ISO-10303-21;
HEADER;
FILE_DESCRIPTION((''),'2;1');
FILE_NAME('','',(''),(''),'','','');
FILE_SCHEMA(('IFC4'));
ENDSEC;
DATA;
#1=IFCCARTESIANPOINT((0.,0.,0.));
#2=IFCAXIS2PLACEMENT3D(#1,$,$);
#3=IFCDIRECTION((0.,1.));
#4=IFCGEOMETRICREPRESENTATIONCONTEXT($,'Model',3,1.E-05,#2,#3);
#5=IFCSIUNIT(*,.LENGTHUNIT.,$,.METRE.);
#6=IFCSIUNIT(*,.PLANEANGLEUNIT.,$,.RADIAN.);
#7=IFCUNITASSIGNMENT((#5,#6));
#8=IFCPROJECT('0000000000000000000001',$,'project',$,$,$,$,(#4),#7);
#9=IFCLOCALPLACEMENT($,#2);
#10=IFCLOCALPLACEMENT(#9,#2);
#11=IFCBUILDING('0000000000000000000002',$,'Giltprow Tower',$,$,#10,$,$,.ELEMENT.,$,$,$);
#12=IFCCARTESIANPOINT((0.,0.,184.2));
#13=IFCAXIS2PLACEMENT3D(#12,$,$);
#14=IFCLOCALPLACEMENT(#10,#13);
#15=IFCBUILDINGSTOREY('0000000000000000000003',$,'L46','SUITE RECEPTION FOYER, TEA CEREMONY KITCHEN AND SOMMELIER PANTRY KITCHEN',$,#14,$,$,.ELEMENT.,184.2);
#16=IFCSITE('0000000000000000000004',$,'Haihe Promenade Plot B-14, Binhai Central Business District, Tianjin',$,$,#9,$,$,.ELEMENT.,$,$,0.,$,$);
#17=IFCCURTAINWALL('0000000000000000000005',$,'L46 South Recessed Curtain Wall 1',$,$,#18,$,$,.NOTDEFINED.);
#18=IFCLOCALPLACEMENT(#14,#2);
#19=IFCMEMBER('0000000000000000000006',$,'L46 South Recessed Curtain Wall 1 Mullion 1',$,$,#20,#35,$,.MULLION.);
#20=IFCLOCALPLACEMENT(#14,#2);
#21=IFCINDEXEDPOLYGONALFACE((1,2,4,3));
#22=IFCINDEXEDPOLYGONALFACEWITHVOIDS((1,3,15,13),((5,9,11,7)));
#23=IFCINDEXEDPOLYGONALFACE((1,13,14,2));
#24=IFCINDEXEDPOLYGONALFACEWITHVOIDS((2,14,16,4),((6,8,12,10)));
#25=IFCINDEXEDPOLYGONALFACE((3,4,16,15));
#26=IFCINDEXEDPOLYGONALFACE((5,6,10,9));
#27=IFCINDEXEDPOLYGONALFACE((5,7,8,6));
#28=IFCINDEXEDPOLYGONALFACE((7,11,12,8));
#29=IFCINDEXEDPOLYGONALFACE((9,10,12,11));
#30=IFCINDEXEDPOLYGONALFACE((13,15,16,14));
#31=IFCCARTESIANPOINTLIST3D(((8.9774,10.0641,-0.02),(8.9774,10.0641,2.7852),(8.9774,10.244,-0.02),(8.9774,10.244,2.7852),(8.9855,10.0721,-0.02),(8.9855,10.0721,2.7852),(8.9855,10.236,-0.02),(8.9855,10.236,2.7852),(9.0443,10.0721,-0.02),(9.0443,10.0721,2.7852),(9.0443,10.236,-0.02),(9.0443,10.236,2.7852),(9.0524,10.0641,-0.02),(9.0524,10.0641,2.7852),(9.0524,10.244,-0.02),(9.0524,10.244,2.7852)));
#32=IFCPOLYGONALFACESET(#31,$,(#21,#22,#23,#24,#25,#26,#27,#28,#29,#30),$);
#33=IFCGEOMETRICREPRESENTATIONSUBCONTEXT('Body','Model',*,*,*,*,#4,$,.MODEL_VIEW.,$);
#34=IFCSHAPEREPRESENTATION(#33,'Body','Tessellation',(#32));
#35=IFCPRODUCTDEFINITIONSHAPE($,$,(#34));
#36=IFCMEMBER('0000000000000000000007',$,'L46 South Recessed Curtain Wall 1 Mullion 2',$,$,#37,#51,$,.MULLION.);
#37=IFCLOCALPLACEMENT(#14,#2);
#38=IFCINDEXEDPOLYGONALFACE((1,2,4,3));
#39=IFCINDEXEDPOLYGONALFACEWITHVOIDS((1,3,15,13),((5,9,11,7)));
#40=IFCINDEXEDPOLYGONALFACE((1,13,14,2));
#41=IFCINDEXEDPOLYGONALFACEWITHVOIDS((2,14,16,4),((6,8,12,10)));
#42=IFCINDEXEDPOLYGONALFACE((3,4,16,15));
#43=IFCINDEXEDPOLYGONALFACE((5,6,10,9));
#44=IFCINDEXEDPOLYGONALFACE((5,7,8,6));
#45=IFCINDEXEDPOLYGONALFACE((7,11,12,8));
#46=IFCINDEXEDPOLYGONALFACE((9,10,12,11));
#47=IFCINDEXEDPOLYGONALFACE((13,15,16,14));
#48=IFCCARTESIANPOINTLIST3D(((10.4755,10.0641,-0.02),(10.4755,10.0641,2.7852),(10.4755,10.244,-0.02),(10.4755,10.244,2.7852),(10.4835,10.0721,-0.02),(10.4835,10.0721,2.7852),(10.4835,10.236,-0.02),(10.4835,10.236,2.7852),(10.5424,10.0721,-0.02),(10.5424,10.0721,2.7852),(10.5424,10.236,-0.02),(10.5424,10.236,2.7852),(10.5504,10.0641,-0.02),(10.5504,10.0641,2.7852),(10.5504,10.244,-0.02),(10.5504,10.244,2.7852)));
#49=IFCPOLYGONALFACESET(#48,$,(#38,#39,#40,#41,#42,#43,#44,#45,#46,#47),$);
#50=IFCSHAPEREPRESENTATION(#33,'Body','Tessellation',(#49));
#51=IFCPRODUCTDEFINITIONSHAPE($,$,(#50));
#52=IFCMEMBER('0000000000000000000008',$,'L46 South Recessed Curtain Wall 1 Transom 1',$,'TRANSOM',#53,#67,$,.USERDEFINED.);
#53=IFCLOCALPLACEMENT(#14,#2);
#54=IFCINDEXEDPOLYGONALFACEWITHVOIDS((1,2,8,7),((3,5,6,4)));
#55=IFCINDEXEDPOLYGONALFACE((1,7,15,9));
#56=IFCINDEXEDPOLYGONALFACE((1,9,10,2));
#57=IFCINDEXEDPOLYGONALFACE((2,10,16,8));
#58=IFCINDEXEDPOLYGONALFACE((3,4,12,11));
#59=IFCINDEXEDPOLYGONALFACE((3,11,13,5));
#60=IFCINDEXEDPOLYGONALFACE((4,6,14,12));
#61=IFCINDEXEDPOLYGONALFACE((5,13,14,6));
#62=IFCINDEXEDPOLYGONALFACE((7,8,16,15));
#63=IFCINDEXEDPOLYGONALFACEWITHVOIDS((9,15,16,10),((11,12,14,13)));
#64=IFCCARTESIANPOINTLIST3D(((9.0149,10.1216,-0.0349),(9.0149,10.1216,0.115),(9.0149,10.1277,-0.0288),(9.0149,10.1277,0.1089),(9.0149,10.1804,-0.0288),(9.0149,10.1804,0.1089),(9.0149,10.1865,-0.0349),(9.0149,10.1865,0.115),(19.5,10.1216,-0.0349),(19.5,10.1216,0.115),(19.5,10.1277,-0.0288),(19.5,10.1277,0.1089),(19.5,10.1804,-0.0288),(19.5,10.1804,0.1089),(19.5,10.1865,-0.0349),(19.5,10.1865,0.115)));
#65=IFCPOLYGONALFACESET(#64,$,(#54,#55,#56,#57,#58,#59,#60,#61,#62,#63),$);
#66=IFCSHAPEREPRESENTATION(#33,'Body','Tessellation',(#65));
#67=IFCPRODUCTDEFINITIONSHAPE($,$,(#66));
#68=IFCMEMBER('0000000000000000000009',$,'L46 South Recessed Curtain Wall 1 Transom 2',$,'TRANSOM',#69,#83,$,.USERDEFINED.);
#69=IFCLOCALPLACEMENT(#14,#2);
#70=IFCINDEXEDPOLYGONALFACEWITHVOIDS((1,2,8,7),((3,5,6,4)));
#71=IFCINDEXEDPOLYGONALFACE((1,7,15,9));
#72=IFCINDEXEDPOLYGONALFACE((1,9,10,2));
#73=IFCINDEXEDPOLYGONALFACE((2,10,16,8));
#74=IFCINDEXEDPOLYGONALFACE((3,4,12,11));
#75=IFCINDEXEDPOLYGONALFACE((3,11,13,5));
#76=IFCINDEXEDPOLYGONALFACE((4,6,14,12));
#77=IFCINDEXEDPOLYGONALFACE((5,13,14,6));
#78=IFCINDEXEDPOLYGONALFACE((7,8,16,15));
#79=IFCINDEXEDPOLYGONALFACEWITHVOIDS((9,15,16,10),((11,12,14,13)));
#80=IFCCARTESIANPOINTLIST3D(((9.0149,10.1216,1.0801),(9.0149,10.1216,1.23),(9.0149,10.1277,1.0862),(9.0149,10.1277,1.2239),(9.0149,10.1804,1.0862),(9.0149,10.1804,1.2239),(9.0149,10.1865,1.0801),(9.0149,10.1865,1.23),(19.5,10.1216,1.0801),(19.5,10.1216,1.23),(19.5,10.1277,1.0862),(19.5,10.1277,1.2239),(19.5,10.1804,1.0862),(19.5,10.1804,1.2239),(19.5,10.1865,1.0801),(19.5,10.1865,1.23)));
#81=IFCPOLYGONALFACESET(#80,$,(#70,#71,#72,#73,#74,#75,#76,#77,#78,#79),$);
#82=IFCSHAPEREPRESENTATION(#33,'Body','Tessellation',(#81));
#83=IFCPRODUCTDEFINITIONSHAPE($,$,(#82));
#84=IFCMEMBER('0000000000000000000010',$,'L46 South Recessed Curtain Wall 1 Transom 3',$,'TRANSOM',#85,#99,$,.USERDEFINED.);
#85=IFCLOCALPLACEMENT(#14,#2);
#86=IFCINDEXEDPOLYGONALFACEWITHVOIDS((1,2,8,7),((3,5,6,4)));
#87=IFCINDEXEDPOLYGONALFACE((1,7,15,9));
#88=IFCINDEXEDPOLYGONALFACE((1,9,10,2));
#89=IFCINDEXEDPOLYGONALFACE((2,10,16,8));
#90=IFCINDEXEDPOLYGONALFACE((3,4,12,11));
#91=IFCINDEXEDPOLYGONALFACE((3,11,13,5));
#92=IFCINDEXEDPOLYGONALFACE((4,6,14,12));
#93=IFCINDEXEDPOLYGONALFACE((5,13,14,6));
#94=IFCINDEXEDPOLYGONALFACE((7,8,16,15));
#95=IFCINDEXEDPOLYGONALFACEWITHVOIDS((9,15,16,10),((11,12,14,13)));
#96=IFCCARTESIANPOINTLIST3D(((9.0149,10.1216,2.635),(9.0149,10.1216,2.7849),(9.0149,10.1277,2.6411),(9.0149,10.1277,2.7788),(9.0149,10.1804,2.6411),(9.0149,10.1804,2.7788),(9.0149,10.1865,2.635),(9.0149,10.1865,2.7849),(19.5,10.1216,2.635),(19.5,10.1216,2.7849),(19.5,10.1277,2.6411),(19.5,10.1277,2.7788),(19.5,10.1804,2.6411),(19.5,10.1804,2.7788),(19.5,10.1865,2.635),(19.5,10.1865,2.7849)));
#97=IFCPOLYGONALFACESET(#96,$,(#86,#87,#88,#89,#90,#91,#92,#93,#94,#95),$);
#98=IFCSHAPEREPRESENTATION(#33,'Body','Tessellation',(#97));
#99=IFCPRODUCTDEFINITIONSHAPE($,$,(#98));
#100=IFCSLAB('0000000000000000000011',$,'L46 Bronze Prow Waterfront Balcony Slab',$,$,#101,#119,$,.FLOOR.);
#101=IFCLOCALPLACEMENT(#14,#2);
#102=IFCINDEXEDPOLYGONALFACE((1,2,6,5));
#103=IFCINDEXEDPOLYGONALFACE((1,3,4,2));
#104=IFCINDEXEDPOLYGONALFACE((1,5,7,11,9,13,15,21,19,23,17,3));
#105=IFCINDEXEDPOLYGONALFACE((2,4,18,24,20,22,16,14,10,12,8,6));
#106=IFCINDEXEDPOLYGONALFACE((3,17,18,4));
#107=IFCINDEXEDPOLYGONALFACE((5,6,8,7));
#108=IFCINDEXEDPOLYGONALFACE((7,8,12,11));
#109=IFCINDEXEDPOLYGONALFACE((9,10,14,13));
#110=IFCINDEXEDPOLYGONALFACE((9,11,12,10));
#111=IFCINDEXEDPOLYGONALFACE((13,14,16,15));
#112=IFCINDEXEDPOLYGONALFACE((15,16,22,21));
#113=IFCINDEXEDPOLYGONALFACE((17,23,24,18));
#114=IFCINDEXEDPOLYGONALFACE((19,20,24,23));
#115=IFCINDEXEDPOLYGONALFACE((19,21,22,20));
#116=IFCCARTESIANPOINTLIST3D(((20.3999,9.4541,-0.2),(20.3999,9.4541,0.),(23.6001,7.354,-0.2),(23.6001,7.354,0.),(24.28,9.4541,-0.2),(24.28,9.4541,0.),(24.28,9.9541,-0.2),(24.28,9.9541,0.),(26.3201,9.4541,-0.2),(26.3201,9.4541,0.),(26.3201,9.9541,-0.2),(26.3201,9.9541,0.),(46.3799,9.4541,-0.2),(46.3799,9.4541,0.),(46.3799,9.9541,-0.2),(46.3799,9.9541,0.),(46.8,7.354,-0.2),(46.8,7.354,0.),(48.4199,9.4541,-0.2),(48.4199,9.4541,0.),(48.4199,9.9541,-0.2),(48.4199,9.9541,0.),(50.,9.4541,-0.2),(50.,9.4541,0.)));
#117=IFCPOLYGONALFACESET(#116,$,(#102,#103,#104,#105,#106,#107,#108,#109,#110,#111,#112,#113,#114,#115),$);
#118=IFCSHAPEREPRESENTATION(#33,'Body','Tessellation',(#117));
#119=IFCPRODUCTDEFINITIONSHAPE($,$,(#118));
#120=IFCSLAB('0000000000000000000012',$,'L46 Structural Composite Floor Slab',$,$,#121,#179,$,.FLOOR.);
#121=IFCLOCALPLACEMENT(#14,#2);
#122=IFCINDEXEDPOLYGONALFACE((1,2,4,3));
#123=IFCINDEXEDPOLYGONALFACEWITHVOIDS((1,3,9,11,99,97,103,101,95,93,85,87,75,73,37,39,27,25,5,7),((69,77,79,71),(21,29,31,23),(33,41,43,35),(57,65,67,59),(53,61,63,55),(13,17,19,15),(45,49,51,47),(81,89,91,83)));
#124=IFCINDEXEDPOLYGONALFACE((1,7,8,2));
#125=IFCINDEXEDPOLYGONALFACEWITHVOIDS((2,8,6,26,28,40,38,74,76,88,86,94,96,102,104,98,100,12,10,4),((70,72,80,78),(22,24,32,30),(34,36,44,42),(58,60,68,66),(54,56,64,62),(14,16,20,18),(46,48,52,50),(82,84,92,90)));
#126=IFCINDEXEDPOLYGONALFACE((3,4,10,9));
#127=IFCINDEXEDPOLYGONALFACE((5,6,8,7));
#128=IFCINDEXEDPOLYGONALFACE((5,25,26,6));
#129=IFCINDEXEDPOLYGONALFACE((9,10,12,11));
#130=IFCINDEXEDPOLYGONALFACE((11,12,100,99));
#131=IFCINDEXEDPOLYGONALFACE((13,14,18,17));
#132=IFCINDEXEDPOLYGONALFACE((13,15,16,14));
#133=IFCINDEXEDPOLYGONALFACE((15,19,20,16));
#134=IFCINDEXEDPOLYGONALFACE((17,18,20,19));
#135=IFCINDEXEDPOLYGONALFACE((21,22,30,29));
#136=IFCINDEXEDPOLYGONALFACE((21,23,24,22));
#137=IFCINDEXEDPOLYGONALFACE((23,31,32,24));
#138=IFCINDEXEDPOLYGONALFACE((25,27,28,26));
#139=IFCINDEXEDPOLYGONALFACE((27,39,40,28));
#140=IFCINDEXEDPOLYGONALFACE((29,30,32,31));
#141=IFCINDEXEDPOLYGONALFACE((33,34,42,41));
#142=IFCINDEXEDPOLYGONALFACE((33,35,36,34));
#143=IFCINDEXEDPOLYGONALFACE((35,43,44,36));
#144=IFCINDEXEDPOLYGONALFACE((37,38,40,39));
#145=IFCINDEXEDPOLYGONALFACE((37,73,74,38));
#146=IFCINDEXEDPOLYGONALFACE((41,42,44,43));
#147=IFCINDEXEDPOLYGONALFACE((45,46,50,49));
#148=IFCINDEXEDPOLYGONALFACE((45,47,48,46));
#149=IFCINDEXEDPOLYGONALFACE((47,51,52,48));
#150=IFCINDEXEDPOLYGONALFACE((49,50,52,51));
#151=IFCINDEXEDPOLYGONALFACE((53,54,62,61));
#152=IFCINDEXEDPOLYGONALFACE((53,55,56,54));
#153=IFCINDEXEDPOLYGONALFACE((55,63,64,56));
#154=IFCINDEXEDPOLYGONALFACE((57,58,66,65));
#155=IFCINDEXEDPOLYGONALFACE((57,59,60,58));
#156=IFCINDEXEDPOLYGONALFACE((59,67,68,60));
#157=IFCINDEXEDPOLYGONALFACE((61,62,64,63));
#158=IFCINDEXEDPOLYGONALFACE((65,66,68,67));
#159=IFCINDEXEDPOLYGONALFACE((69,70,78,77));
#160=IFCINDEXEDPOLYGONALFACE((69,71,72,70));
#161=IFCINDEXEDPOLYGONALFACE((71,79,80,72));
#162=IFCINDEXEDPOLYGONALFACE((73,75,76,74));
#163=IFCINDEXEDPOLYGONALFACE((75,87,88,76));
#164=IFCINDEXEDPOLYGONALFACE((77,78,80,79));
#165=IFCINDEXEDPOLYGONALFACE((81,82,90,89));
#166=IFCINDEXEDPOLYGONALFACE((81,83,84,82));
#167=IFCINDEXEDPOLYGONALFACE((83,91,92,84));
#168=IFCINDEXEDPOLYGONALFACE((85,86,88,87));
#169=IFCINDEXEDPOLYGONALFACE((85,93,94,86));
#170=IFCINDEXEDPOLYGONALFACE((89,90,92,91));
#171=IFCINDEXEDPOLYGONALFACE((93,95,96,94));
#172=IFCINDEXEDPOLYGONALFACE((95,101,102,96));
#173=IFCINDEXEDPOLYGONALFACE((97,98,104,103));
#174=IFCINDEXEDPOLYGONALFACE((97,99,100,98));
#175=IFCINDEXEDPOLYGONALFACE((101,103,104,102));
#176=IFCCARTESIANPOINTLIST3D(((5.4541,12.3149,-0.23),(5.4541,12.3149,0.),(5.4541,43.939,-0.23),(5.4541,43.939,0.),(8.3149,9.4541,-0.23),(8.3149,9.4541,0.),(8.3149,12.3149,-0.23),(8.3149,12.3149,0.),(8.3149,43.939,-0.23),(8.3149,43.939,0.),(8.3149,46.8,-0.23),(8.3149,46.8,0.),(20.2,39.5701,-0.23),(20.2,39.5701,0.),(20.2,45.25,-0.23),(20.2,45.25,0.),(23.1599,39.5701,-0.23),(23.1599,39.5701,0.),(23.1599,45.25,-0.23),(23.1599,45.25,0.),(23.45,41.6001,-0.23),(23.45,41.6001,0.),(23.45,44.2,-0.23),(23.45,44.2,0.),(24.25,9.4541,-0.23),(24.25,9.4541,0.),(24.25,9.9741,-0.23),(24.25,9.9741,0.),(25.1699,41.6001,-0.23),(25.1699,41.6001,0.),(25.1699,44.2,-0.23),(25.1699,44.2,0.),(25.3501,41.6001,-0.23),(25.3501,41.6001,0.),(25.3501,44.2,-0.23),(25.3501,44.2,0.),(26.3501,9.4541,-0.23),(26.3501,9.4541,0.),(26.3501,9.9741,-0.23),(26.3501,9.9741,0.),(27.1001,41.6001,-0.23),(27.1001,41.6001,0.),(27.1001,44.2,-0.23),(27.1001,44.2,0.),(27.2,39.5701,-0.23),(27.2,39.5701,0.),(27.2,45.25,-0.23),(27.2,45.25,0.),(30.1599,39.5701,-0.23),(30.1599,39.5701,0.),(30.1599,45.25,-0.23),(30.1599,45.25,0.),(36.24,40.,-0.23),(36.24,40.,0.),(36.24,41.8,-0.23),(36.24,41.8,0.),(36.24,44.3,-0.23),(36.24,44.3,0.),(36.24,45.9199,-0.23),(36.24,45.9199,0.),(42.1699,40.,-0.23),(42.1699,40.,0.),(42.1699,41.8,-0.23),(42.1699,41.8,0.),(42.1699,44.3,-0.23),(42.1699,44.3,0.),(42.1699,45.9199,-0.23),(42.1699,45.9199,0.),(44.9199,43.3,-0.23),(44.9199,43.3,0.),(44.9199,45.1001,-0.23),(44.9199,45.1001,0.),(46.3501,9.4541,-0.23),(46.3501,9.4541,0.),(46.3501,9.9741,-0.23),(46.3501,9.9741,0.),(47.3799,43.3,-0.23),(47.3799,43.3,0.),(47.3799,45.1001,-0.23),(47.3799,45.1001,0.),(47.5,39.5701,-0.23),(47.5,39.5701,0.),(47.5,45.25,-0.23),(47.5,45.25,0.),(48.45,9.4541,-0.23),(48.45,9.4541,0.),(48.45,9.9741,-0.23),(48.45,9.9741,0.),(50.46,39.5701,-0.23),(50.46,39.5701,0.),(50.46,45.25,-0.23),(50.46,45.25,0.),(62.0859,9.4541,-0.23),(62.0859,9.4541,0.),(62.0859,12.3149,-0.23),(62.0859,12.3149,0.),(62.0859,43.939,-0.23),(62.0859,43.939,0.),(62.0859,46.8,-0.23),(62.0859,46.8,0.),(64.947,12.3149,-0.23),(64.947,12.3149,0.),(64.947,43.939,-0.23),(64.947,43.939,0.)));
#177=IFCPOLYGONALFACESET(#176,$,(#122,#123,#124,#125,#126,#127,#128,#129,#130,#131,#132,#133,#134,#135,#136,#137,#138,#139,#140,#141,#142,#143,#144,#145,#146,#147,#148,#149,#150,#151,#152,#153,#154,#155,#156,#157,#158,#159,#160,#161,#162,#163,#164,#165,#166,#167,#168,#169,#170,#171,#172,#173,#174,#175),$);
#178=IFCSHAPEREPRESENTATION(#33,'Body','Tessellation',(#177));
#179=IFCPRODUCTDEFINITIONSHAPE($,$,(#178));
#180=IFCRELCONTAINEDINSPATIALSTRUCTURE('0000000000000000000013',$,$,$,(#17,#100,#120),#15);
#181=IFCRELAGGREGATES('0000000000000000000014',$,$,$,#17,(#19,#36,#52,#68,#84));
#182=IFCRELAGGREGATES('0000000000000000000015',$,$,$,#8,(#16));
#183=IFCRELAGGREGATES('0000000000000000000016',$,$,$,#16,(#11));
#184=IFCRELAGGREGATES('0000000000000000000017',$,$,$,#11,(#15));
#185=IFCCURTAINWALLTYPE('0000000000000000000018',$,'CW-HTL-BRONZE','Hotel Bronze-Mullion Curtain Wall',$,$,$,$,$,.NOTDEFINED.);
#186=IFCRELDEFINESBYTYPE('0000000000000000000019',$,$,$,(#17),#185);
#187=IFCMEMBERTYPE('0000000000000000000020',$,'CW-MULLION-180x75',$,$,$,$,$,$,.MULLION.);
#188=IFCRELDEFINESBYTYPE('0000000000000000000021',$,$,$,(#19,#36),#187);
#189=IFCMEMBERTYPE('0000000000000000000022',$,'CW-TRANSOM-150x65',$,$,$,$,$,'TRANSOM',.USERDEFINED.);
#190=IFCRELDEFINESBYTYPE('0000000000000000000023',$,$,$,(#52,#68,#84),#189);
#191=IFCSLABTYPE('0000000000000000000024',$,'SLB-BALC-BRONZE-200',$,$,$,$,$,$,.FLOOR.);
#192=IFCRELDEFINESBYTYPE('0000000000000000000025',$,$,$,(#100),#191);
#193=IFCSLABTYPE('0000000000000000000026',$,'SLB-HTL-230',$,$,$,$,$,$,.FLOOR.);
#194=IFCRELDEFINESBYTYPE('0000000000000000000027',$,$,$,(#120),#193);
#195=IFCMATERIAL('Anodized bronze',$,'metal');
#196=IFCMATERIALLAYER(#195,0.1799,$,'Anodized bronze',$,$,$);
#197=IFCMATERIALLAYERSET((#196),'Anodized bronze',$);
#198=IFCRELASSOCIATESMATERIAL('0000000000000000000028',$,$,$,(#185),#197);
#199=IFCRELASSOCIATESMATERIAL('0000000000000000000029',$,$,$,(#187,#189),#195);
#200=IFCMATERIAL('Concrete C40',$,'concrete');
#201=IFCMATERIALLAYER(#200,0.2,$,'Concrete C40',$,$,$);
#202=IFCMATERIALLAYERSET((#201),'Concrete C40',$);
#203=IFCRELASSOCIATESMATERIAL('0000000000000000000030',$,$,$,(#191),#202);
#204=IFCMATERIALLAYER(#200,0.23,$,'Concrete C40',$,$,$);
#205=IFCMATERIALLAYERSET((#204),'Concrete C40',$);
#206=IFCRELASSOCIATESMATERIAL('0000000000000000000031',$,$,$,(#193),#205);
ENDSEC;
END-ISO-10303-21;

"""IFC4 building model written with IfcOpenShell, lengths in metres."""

from ifc_helpers import new_model, si_unit, direction, frame, origin, origin_2d, place, context, subcontext, project, spatial, polyline, hollow_rectangle, outline, extrude, source, transform, mapped, material, layer, layer_set, material_profile, profile_set, type_object, element, aggregate, save


model = new_model("IFC4")

# Units and contexts
model_context = context("Model", 3, precision=1e-05, world=origin(), true_north=direction((0.0, 1.0)))
body_context = subcontext(model_context, "Body", "Model", "MODEL_VIEW")
ifc_project = project(units=[si_unit("LENGTHUNIT", "METRE"), si_unit("PLANEANGLEUNIT", "RADIAN")], contexts=[model_context])

# Site, building, storey
site_placement = place(None, origin())
site = spatial("IfcSite", under=ifc_project, at=site_placement, Name="Haihe Promenade Plot B-14, Binhai Central Business District, Tianjin", CompositionType="ELEMENT", RefElevation=0.0)
building_placement = place(site_placement, origin())
building = spatial("IfcBuilding", under=site, at=building_placement, Name="Giltprow Tower", CompositionType="ELEMENT")
storey_placement = place(building_placement, frame((0.0, 0.0, 184.2)))
storey = spatial("IfcBuildingStorey", under=building, at=storey_placement, Name="L46", Description="SUITE RECEPTION FOYER, TEA CEREMONY KITCHEN AND SOMMELIER PANTRY KITCHEN", CompositionType="ELEMENT", Elevation=184.2)

# Curtain wall, members
ifc_material_1 = material(Name="Anodized bronze", Category="metal")
ifc_layer_1 = layer(ifc_material_1, 0.1799, Name="Anodized bronze")
ifc_layer_set_1 = layer_set([ifc_layer_1], Name="Anodized bronze")
curtain_wall_type = type_object("IfcCurtainWallType", Name="CW-HTL-BRONZE", Description="Hotel Bronze-Mullion Curtain Wall", PredefinedType="NOTDEFINED", material=ifc_layer_set_1)
curtain_wall_placement = place(storey_placement, origin())
curtain_wall = element("IfcCurtainWall", 1, at=curtain_wall_placement, inside=storey, type_object=curtain_wall_type, Name="L46 South Recessed Curtain Wall 1", PredefinedType="NOTDEFINED")
ifc_material_profile_1 = material_profile(ifc_material_1, hollow_rectangle(XDim=0.075, YDim=0.1799, WallThickness=0.0081, at=origin_2d()), Name="RHS 180x75x8")
ifc_profile_set_1 = profile_set([ifc_material_profile_1], Name="Anodized bronze")
member_type_1 = type_object("IfcMemberType", Name="CW-MULLION-180x75", PredefinedType="MULLION", material=ifc_profile_set_1)
shared_shape_1 = source(origin(), body_context, "Body", "SweptSolid", [
    extrude(hollow_rectangle(XDim=0.075, YDim=0.1799, WallThickness=0.0081, at=origin_2d()), origin(), (0.0, 0.0, 1.0), 2.8052),
])
member_1_placement = place(storey_placement, frame((9.0149, 10.1541, -0.02), z_axis=(0.0, 0.0, 1.0), x_axis=(1.0, 0.0, 0.0)))
member_1 = element("IfcMember", 2, at=member_1_placement, type_object=member_type_1, Name="L46 South Recessed Curtain Wall 1 Mullion 1", PredefinedType="MULLION", context=body_context, shape_type="MappedRepresentation", body=[
    mapped(shared_shape_1, transform((0.0, 0.0, 0.0), x_axis=(1.0, 0.0, 0.0), y_axis=(0.0, 1.0, 0.0), z_axis=(0.0, 0.0, 1.0), scale=1.0)),
])
member_2_placement = place(storey_placement, frame((10.5129, 10.1541, -0.02), z_axis=(0.0, 0.0, 1.0), x_axis=(1.0, 0.0, 0.0)))
member_2 = element("IfcMember", 3, at=member_2_placement, type_object=member_type_1, Name="L46 South Recessed Curtain Wall 1 Mullion 2", PredefinedType="MULLION", context=body_context, shape_type="MappedRepresentation", body=[
    mapped(shared_shape_1, transform((0.0, 0.0, 0.0), x_axis=(1.0, 0.0, 0.0), y_axis=(0.0, 1.0, 0.0), z_axis=(0.0, 0.0, 1.0), scale=1.0)),
])
ifc_material_profile_2 = material_profile(ifc_material_1, hollow_rectangle(XDim=0.0649, YDim=0.1499, WallThickness=0.0061, at=origin_2d()), Name="RHS 150x65x6")
ifc_profile_set_2 = profile_set([ifc_material_profile_2], Name="Anodized bronze")
member_type_2 = type_object("IfcMemberType", Name="CW-TRANSOM-150x65", ElementType="TRANSOM", PredefinedType="USERDEFINED", material=ifc_profile_set_2)
shared_shape_2 = source(origin(), body_context, "Body", "SweptSolid", [
    extrude(hollow_rectangle(XDim=0.0649, YDim=0.1499, WallThickness=0.0061, at=origin_2d()), origin(), (0.0, 0.0, 1.0), 10.4851),
])
member_3_placement = place(storey_placement, frame((9.0149, 10.1541, 0.04), z_axis=(1.0, 0.0, 0.0), x_axis=(0.0, 1.0, 0.0)))
member_3 = element("IfcMember", 4, at=member_3_placement, type_object=member_type_2, Name="L46 South Recessed Curtain Wall 1 Transom 1", ObjectType="TRANSOM", PredefinedType="USERDEFINED", context=body_context, shape_type="MappedRepresentation", body=[
    mapped(shared_shape_2, transform((0.0, 0.0, 0.0), x_axis=(1.0, 0.0, 0.0), y_axis=(0.0, 1.0, 0.0), z_axis=(0.0, 0.0, 1.0), scale=1.0)),
])
member_4_placement = place(storey_placement, frame((9.0149, 10.1541, 1.155), z_axis=(1.0, 0.0, 0.0), x_axis=(0.0, 1.0, 0.0)))
member_4 = element("IfcMember", 5, at=member_4_placement, type_object=member_type_2, Name="L46 South Recessed Curtain Wall 1 Transom 2", ObjectType="TRANSOM", PredefinedType="USERDEFINED", context=body_context, shape_type="MappedRepresentation", body=[
    mapped(shared_shape_2, transform((0.0, 0.0, 0.0), x_axis=(1.0, 0.0, 0.0), y_axis=(0.0, 1.0, 0.0), z_axis=(0.0, 0.0, 1.0), scale=1.0)),
])
member_5_placement = place(storey_placement, frame((9.0149, 10.1541, 2.71), z_axis=(1.0, 0.0, 0.0), x_axis=(0.0, 1.0, 0.0)))
member_5 = element("IfcMember", 6, at=member_5_placement, type_object=member_type_2, Name="L46 South Recessed Curtain Wall 1 Transom 3", ObjectType="TRANSOM", PredefinedType="USERDEFINED", context=body_context, shape_type="MappedRepresentation", body=[
    mapped(shared_shape_2, transform((0.0, 0.0, 0.0), x_axis=(1.0, 0.0, 0.0), y_axis=(0.0, 1.0, 0.0), z_axis=(0.0, 0.0, 1.0), scale=1.0)),
])

# Slabs
ifc_material_2 = material(Name="Concrete C40", Category="concrete")
ifc_layer_2 = layer(ifc_material_2, 0.2, Name="Concrete C40")
ifc_layer_set_2 = layer_set([ifc_layer_2], Name="Concrete C40")
slab_type_1 = type_object("IfcSlabType", Name="SLB-BALC-BRONZE-200", PredefinedType="FLOOR", material=ifc_layer_set_2)
slab_1_placement = place(storey_placement, frame((0.0, 0.0, -0.2)))
element("IfcSlab", 7, at=slab_1_placement, inside=storey, type_object=slab_type_1, Name="L46 Bronze Prow Waterfront Balcony Slab", PredefinedType="FLOOR", context=body_context, shape_type="SweptSolid", body=[
    extrude(outline(polyline([(50.0, 9.4541), (46.8, 7.354), (23.6001, 7.354), (20.3999, 9.4541), (24.28, 9.4541), (24.28, 9.9541), (26.3201, 9.9541), (26.3201, 9.4541), (46.3799, 9.4541), (46.3799, 9.9541), (48.4199, 9.9541), (48.4199, 9.4541), (50.0, 9.4541)])), origin(), (0.0, 0.0, 1.0), 0.2),
])
ifc_layer_3 = layer(ifc_material_2, 0.23, Name="Concrete C40")
ifc_layer_set_3 = layer_set([ifc_layer_3], Name="Concrete C40")
slab_type_2 = type_object("IfcSlabType", Name="SLB-HTL-230", PredefinedType="FLOOR", material=ifc_layer_set_3)
slab_2_placement = place(storey_placement, frame((0.0, 0.0, -0.23)))
element("IfcSlab", 8, at=slab_2_placement, inside=storey, type_object=slab_type_2, Name="L46 Structural Composite Floor Slab", PredefinedType="FLOOR", context=body_context, shape_type="SweptSolid", body=[
    extrude(outline(polyline([(8.3149, 9.4541), (8.3149, 12.3149), (5.4541, 12.3149), (5.4541, 43.939), (8.3149, 43.939), (8.3149, 46.8), (62.0859, 46.8), (62.0859, 43.939), (64.947, 43.939), (64.947, 12.3149), (62.0859, 12.3149), (62.0859, 9.4541), (48.45, 9.4541), (48.45, 9.9741), (46.3501, 9.9741), (46.3501, 9.4541), (26.3501, 9.4541), (26.3501, 9.9741), (24.25, 9.9741), (24.25, 9.4541), (8.3149, 9.4541)]), holes=[polyline([(42.1699, 41.8), (36.24, 41.8), (36.24, 40.0), (42.1699, 40.0), (42.1699, 41.8)]), polyline([(23.1599, 39.5701), (23.1599, 45.25), (20.2, 45.25), (20.2, 39.5701), (23.1599, 39.5701)]), polyline([(30.1599, 39.5701), (30.1599, 45.25), (27.2, 45.25), (27.2, 39.5701), (30.1599, 39.5701)]), polyline([(50.46, 45.25), (47.5, 45.25), (47.5, 39.5701), (50.46, 39.5701), (50.46, 45.25)]), polyline([(25.1699, 44.2), (23.45, 44.2), (23.45, 41.6001), (25.1699, 41.6001), (25.1699, 44.2)]), polyline([(27.1001, 44.2), (25.3501, 44.2), (25.3501, 41.6001), (27.1001, 41.6001), (27.1001, 44.2)]), polyline([(47.3799, 43.3), (47.3799, 45.1001), (44.9199, 45.1001), (44.9199, 43.3), (47.3799, 43.3)]), polyline([(42.1699, 44.3), (42.1699, 45.9199), (36.24, 45.9199), (36.24, 44.3), (42.1699, 44.3)])]), origin(), (0.0, 0.0, 1.0), 0.23),
])

aggregate(curtain_wall, [member_1, member_2, member_3, member_4, member_5])

save(model, "model.ifc")
